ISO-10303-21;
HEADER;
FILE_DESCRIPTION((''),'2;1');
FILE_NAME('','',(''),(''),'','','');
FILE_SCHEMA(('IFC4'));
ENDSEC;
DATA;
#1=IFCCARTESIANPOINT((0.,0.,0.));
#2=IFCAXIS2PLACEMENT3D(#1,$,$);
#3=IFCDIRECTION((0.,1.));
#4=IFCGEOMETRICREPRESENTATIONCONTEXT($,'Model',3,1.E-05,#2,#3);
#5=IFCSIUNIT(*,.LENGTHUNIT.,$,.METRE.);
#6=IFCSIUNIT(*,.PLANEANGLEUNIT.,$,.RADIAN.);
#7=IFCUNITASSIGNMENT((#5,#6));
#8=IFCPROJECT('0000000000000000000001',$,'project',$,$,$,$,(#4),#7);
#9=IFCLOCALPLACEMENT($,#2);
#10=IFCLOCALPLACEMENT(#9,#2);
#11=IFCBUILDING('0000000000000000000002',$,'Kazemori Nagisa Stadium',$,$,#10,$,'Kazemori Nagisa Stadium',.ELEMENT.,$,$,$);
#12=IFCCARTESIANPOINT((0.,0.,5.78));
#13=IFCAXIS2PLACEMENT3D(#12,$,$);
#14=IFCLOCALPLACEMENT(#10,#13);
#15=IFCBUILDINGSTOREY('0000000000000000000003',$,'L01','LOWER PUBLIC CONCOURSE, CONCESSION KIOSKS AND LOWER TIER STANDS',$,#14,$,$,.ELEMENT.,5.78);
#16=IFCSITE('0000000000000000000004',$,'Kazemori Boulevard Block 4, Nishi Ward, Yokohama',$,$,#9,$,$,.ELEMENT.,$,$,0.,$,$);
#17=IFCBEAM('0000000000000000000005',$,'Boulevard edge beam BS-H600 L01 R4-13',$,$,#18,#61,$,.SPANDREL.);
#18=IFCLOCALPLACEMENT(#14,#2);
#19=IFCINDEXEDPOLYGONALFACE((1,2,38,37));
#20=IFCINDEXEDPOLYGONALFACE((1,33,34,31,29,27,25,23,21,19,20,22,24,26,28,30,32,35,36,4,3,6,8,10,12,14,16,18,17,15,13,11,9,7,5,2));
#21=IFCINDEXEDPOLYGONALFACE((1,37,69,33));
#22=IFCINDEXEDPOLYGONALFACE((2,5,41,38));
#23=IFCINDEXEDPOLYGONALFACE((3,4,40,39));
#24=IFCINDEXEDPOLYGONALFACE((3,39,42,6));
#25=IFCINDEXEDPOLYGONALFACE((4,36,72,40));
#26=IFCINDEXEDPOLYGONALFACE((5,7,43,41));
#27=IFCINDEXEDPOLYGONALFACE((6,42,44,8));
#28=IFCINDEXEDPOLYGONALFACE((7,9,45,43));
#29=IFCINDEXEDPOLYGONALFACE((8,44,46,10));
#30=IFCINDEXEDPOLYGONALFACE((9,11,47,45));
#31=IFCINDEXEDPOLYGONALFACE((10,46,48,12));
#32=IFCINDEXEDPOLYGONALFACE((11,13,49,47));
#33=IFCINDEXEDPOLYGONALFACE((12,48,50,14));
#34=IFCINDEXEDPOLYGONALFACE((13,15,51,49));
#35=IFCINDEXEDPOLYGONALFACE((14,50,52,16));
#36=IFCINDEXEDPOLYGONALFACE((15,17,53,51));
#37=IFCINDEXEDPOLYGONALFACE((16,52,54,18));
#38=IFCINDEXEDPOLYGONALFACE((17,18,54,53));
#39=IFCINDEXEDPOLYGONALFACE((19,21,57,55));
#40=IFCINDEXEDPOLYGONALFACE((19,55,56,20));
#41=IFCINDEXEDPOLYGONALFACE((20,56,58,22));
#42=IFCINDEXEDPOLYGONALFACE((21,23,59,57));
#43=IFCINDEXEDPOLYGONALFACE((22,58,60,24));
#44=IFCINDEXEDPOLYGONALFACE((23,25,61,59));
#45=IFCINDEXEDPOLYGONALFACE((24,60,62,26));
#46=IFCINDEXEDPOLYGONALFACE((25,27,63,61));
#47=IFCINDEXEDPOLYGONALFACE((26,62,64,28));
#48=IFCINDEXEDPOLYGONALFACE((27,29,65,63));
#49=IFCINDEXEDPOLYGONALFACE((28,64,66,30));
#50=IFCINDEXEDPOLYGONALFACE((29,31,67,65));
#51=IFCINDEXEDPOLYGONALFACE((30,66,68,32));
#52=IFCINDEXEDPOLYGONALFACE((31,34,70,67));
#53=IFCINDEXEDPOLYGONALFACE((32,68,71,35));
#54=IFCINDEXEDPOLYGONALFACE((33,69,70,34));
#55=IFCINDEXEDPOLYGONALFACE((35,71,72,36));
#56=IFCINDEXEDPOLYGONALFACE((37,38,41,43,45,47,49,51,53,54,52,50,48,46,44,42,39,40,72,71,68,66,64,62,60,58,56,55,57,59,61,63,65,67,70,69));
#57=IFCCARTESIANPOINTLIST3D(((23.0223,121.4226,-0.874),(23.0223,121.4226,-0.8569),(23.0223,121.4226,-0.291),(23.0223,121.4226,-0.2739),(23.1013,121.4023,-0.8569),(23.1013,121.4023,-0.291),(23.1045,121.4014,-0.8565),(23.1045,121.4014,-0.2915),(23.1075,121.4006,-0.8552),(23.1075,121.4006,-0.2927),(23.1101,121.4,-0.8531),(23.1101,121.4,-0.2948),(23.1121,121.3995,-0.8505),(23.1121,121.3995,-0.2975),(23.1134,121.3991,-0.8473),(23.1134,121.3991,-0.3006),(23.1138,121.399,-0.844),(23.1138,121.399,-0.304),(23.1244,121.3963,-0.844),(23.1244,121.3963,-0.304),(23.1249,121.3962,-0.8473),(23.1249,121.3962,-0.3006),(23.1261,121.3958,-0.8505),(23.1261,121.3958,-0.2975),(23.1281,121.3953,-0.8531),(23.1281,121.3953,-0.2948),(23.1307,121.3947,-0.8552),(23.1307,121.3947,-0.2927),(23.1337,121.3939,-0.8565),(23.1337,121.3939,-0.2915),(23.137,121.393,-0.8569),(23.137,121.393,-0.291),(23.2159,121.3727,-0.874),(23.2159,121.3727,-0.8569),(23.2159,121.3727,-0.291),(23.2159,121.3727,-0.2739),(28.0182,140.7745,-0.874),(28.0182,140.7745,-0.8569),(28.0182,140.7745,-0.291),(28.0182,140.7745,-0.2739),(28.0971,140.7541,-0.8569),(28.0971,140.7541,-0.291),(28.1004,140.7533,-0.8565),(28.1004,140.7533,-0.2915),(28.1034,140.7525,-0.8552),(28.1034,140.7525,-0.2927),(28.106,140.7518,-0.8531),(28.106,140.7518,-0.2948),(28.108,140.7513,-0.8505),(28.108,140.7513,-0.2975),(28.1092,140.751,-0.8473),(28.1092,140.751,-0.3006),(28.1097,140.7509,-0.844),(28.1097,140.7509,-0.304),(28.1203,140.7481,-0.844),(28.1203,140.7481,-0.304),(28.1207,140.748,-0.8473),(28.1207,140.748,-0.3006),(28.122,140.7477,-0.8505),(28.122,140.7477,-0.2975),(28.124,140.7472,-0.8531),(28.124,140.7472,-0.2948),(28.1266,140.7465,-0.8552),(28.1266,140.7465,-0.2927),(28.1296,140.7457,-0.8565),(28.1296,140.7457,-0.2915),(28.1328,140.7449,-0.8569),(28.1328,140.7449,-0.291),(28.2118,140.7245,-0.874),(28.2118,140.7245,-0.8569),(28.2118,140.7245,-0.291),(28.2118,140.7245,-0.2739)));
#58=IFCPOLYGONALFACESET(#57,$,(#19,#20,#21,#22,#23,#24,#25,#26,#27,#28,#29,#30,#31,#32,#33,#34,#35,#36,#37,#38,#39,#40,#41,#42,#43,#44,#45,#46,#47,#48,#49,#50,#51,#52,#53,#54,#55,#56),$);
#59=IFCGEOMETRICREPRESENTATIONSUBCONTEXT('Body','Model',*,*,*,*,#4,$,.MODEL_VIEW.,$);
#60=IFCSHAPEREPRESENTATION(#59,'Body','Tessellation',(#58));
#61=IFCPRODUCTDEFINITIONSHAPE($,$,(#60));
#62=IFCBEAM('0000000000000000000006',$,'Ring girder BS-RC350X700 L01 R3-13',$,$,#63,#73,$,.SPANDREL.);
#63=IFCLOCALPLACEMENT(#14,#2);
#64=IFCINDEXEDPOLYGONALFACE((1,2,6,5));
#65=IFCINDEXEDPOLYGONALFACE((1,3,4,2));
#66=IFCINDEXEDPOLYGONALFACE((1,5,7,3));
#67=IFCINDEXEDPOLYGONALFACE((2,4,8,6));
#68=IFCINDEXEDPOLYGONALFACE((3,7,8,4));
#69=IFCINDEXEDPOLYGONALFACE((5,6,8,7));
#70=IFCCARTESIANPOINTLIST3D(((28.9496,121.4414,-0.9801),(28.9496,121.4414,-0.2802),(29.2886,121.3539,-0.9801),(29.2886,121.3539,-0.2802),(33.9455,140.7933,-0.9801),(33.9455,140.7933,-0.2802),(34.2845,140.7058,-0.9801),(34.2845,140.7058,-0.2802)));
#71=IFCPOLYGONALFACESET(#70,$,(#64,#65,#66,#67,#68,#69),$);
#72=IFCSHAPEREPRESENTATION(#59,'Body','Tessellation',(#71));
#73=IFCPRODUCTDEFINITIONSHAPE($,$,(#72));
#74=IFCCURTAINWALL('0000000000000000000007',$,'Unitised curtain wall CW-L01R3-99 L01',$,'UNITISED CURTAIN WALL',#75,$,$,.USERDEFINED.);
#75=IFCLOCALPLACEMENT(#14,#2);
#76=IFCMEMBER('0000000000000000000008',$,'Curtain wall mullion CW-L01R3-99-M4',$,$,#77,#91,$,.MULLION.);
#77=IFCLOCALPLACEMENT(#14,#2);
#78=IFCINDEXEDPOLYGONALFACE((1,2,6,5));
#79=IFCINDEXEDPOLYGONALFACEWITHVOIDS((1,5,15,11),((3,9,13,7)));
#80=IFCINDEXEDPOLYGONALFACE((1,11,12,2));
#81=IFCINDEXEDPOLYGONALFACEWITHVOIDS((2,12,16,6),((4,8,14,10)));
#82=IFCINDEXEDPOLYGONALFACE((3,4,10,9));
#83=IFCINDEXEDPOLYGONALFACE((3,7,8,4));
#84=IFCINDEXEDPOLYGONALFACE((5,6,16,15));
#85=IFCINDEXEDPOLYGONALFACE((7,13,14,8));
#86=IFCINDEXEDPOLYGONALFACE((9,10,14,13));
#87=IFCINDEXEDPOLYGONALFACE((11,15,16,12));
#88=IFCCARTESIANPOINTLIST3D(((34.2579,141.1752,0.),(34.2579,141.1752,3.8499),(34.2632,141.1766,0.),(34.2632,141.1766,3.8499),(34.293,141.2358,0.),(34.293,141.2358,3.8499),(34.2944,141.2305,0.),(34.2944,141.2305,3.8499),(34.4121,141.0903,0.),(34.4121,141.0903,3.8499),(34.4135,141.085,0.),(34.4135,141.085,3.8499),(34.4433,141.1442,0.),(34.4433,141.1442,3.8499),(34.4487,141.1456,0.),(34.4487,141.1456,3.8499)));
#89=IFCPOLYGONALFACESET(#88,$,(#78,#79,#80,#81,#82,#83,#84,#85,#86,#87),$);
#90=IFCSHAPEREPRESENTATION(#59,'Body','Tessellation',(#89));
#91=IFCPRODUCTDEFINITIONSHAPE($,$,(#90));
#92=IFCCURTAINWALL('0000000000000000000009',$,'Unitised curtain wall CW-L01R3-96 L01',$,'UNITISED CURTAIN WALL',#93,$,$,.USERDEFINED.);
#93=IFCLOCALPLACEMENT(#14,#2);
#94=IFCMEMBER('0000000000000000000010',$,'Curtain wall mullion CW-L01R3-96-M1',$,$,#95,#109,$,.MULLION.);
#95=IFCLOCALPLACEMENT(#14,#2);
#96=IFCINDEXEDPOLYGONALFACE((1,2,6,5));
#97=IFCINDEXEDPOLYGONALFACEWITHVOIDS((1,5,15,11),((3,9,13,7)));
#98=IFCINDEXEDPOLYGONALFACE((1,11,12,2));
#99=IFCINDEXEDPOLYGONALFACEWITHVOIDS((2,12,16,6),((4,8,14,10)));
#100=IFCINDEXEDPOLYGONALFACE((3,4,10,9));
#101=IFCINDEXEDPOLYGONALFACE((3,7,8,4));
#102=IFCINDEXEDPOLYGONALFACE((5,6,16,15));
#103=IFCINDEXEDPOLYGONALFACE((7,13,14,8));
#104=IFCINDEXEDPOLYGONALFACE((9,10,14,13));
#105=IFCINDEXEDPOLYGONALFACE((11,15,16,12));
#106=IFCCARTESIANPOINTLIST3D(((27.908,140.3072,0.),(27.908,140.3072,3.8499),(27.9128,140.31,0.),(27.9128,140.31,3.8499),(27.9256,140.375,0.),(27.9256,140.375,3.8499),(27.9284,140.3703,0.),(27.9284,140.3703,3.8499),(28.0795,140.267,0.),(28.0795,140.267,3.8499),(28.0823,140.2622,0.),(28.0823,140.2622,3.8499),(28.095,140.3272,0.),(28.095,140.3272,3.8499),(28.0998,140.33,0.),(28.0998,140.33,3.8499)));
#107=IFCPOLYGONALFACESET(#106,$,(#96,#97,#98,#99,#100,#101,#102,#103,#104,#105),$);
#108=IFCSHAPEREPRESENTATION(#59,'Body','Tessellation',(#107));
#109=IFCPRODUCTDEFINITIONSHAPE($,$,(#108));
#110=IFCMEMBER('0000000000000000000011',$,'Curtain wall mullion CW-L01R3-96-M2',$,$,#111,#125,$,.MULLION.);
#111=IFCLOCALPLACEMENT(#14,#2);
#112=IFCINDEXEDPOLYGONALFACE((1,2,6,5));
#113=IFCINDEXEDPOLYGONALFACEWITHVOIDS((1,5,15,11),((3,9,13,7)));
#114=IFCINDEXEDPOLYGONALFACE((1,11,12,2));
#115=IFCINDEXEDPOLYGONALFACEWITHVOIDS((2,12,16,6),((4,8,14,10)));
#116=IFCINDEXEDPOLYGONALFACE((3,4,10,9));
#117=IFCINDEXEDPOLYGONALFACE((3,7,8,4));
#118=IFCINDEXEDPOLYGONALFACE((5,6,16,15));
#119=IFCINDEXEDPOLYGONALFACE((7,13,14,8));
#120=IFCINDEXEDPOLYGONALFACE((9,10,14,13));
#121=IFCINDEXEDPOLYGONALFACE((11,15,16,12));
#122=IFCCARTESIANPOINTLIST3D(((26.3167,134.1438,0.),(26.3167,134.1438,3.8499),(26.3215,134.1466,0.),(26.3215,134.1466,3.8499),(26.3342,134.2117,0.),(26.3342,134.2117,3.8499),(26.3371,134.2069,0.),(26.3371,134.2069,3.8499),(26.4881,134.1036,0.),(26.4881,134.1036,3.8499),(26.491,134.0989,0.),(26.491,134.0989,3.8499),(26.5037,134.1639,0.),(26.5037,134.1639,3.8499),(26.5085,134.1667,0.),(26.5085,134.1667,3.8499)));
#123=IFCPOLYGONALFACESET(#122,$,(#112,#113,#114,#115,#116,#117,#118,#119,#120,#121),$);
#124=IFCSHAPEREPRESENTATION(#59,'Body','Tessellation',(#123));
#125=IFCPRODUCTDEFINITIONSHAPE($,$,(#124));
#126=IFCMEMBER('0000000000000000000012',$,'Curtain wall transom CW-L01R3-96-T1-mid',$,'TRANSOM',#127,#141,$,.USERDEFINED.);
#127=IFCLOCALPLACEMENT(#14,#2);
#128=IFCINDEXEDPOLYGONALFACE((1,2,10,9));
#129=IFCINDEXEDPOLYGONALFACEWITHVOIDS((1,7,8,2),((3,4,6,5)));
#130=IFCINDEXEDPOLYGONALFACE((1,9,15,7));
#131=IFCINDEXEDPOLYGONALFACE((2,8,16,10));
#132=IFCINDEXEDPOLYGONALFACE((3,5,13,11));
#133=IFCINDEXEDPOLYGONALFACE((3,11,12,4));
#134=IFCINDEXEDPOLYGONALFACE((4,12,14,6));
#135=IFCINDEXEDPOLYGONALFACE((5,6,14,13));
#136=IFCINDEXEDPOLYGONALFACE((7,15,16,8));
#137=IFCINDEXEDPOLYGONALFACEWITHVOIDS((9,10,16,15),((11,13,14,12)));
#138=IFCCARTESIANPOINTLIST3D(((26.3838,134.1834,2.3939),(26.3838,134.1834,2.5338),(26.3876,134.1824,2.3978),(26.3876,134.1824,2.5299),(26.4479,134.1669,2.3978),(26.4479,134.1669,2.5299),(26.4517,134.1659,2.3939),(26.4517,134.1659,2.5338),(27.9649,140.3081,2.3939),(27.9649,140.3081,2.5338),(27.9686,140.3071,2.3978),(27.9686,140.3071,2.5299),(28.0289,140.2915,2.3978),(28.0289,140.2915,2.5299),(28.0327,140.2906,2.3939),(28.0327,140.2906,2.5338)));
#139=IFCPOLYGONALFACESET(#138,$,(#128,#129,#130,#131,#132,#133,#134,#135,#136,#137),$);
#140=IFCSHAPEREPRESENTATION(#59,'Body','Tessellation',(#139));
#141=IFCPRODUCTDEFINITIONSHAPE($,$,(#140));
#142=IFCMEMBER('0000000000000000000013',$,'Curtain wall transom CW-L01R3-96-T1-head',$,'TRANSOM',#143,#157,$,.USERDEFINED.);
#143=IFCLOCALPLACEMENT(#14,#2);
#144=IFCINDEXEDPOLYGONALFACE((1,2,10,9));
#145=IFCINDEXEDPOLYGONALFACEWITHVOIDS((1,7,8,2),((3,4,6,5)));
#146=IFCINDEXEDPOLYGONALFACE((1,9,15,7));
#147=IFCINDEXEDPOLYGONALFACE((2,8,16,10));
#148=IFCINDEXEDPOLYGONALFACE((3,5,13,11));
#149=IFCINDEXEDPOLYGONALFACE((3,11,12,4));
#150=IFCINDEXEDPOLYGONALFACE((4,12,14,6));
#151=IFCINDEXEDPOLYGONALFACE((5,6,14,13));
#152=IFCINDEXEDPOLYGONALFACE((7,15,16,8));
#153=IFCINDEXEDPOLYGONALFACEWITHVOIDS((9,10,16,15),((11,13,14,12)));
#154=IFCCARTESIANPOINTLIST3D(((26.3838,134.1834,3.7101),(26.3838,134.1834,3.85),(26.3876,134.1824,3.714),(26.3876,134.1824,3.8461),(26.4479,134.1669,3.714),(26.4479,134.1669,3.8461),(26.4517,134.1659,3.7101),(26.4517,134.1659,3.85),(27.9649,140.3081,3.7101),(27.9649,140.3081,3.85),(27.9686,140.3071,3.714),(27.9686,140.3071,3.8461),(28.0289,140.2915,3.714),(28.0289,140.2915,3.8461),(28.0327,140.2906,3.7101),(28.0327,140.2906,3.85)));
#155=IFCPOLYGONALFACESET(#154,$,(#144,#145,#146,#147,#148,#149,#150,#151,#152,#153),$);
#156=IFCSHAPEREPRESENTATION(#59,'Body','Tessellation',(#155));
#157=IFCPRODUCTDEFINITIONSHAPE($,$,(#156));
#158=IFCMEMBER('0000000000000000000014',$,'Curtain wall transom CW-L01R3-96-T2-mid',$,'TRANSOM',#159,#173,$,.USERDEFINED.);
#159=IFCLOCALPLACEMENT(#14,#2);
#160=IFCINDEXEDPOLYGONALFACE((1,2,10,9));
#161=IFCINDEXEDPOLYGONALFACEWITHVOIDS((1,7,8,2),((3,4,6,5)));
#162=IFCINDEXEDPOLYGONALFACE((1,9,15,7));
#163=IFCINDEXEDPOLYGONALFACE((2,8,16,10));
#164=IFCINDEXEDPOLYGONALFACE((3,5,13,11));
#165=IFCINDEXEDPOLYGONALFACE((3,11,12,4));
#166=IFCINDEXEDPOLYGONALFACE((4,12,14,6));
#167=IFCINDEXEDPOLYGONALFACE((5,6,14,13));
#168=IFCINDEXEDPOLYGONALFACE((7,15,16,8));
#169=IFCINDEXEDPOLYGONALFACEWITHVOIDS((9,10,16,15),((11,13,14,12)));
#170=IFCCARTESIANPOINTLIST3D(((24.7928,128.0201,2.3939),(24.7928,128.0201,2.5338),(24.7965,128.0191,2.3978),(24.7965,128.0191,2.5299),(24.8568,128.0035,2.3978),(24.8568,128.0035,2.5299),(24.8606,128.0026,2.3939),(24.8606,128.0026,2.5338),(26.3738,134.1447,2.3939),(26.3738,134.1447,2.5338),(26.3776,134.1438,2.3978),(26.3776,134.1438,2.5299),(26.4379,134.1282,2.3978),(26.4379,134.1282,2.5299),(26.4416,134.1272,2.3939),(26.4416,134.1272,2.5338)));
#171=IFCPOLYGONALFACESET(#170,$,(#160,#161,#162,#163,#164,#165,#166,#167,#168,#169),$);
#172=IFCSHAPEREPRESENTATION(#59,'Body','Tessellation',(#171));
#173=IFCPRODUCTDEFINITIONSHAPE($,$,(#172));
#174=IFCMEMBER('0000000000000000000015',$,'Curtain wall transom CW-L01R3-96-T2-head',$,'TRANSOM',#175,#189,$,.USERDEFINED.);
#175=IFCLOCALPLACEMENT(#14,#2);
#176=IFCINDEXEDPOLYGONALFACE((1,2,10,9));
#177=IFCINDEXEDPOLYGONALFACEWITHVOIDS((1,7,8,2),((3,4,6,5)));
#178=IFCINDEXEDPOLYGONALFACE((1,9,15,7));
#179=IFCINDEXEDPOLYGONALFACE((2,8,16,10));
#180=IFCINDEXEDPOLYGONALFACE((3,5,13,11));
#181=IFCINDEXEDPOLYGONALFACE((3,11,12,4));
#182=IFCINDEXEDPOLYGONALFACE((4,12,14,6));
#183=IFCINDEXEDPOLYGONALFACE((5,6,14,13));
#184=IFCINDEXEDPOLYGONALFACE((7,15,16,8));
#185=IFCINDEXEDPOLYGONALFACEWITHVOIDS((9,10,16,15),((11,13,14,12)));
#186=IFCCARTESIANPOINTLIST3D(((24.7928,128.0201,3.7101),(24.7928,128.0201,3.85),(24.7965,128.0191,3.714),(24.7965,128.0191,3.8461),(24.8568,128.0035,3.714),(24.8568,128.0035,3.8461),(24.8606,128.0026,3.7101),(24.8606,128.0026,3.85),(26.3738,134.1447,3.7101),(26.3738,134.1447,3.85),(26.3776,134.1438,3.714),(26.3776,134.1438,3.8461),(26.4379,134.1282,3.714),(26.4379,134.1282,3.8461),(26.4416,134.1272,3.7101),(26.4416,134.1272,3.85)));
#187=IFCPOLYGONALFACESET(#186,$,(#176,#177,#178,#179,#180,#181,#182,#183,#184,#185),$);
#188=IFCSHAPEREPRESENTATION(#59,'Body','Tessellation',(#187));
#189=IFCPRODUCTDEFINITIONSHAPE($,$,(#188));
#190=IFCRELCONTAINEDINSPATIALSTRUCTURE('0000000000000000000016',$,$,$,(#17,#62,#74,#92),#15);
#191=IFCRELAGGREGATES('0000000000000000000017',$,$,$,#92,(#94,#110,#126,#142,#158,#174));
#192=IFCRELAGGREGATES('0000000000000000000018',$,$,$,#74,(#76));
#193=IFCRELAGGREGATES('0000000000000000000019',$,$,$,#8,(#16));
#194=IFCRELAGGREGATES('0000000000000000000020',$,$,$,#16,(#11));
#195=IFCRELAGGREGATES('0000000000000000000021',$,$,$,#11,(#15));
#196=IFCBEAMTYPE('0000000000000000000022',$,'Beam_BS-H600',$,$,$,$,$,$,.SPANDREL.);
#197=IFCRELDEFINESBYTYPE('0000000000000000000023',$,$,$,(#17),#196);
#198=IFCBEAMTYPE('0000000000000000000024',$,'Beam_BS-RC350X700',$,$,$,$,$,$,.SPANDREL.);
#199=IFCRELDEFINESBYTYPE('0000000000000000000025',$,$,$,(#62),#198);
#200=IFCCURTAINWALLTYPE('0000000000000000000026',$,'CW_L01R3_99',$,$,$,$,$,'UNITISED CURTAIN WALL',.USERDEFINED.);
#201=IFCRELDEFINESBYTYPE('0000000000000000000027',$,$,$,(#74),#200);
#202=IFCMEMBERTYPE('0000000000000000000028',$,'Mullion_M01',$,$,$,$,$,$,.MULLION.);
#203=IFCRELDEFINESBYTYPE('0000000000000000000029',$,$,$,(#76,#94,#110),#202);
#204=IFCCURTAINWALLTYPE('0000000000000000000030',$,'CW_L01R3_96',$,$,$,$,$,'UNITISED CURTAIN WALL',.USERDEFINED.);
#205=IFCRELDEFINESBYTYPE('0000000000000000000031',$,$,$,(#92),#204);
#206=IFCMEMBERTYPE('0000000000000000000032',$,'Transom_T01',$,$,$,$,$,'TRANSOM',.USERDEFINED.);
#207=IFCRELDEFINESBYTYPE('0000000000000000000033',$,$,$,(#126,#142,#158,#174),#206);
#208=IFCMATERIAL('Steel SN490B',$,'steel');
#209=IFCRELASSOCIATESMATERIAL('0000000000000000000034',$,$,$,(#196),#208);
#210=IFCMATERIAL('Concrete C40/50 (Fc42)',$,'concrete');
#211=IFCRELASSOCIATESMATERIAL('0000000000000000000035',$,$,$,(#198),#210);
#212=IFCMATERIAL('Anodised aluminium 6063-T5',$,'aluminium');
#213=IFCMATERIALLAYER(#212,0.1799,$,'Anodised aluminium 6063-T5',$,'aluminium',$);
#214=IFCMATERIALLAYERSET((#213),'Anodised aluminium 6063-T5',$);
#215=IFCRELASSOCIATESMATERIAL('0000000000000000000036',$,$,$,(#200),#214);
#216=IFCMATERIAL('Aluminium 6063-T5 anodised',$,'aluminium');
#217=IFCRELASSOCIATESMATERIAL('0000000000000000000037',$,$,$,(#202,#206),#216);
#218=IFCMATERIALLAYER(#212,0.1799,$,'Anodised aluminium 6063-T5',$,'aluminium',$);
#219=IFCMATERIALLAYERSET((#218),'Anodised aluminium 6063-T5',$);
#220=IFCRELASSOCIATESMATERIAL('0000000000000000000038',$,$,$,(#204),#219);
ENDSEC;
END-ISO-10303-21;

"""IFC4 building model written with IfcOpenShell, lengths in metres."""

from ifc_helpers import new_model, si_unit, direction, frame, origin, origin_2d, place, context, subcontext, project, spatial, rectangle, hollow_rectangle, i_section, extrude, material, layer, layer_set, material_profile, profile_set, type_object, element, aggregate, save


model = new_model("IFC4")

# Units and contexts
model_context = context("Model", 3, precision=1e-05, world=origin(), true_north=direction((0.0, 1.0)))
body_context = subcontext(model_context, "Body", "Model", "MODEL_VIEW")
ifc_project = project(units=[si_unit("LENGTHUNIT", "METRE"), si_unit("PLANEANGLEUNIT", "RADIAN")], contexts=[model_context])

# Site, building, storey
site_placement = place(None, origin())
site = spatial("IfcSite", under=ifc_project, at=site_placement, Name="Kazemori Boulevard Block 4, Nishi Ward, Yokohama", CompositionType="ELEMENT", RefElevation=0.0)
building_placement = place(site_placement, origin())
building = spatial("IfcBuilding", under=site, at=building_placement, Name="Kazemori Nagisa Stadium", LongName="Kazemori Nagisa Stadium", CompositionType="ELEMENT")
storey_placement = place(building_placement, frame((0.0, 0.0, 5.78)))
storey = spatial("IfcBuildingStorey", under=building, at=storey_placement, Name="L01", Description="LOWER PUBLIC CONCOURSE, CONCESSION KIOSKS AND LOWER TIER STANDS", CompositionType="ELEMENT", Elevation=5.78)

# Shared definitions
ifc_material_1 = material(Name="Concrete C40/50 (Fc42)", Category="concrete")

# Beams
ifc_material_2 = material(Name="Steel SN490B", Category="steel")
ifc_material_profile_1 = material_profile(ifc_material_2, i_section(OverallWidth=0.2, OverallDepth=0.6001, WebThickness=0.011, FlangeThickness=0.0171, FilletRadius=0.0129, at=origin_2d()), Name="H-600x200x11x17")
ifc_profile_set_1 = profile_set([ifc_material_profile_1], Name="Steel SN490B")
beam_type_1 = type_object("IfcBeamType", Name="Beam_BS-H600", PredefinedType="SPANDREL", material=ifc_profile_set_1)
beam_1_placement = place(storey_placement, frame((28.115, 140.7495, -0.574), z_axis=(-0.249964, -0.968255, 0.0), x_axis=(0.968255, -0.249964, 0.0)))
element("IfcBeam", 1, at=beam_1_placement, inside=storey, type_object=beam_type_1, Name="Boulevard edge beam BS-H600 L01 R4-13", PredefinedType="SPANDREL", context=body_context, shape_type="SweptSolid", body=[
    extrude(i_section(OverallWidth=0.2, OverallDepth=0.6001, WebThickness=0.011, FlangeThickness=0.0171, FilletRadius=0.0129, at=origin_2d()), origin(), (0.0, 0.0, 1.0), 19.9863),
])
ifc_material_profile_2 = material_profile(ifc_material_1, rectangle(XDim=0.3501, YDim=0.7, at=origin_2d()), Name="RC-SP-350x700")
ifc_profile_set_2 = profile_set([ifc_material_profile_2], Name="Concrete C40/50 (Fc42)")
beam_type_2 = type_object("IfcBeamType", Name="Beam_BS-RC350X700", PredefinedType="SPANDREL", material=ifc_profile_set_2)
beam_2_placement = place(storey_placement, frame((34.115, 140.7495, -0.6301), z_axis=(-0.249964, -0.968255, 0.0), x_axis=(0.968255, -0.249964, 0.0)))
element("IfcBeam", 2, at=beam_2_placement, inside=storey, type_object=beam_type_2, Name="Ring girder BS-RC350X700 L01 R3-13", PredefinedType="SPANDREL", context=body_context, shape_type="SweptSolid", body=[
    extrude(rectangle(XDim=0.3501, YDim=0.7, at=origin_2d()), origin(), (0.0, 0.0, 1.0), 19.9863),
])

# Curtain wall, member
ifc_material_3 = material(Name="Anodised aluminium 6063-T5", Category="aluminium")
ifc_layer_1 = layer(ifc_material_3, 0.1799, Name="Anodised aluminium 6063-T5", Category="aluminium")
ifc_layer_set_1 = layer_set([ifc_layer_1], Name="Anodised aluminium 6063-T5")
curtain_wall_type_1 = type_object("IfcCurtainWallType", Name="CW_L01R3_99", ElementType="UNITISED CURTAIN WALL", PredefinedType="USERDEFINED", material=ifc_layer_set_1)
curtain_wall_1_placement = place(storey_placement, origin())
curtain_wall_1 = element("IfcCurtainWall", 3, at=curtain_wall_1_placement, inside=storey, type_object=curtain_wall_type_1, Name="Unitised curtain wall CW-L01R3-99 L01", ObjectType="UNITISED CURTAIN WALL", PredefinedType="USERDEFINED")
ifc_material_4 = material(Name="Aluminium 6063-T5 anodised", Category="aluminium")
ifc_material_profile_3 = material_profile(ifc_material_4, hollow_rectangle(XDim=0.0701, YDim=0.1799, WallThickness=0.0039, at=origin_2d()), Name="ALU-MULL-70x180x4")
ifc_profile_set_3 = profile_set([ifc_material_profile_3], Name="Aluminium 6063-T5 anodised")
member_type_1 = type_object("IfcMemberType", Name="Mullion_M01", PredefinedType="MULLION", material=ifc_profile_set_3)
member_1_placement = place(storey_placement, frame((34.3533, 141.1604, 0.0), z_axis=(0.0, 0.0, 1.0), x_axis=(-0.501612, -0.865093, 0.0)))
member_1 = element("IfcMember", 4, at=member_1_placement, type_object=member_type_1, Name="Curtain wall mullion CW-L01R3-99-M4", PredefinedType="MULLION", context=body_context, shape_type="SweptSolid", body=[
    extrude(hollow_rectangle(XDim=0.0701, YDim=0.1799, WallThickness=0.0039, at=origin_2d()), origin(), (0.0, 0.0, 1.0), 3.8499),
])

# Curtain wall, members
ifc_layer_2 = layer(ifc_material_3, 0.1799, Name="Anodised aluminium 6063-T5", Category="aluminium")
ifc_layer_set_2 = layer_set([ifc_layer_2], Name="Anodised aluminium 6063-T5")
curtain_wall_type_2 = type_object("IfcCurtainWallType", Name="CW_L01R3_96", ElementType="UNITISED CURTAIN WALL", PredefinedType="USERDEFINED", material=ifc_layer_set_2)
curtain_wall_2_placement = place(storey_placement, origin())
curtain_wall_2 = element("IfcCurtainWall", 5, at=curtain_wall_2_placement, inside=storey, type_object=curtain_wall_type_2, Name="Unitised curtain wall CW-L01R3-96 L01", ObjectType="UNITISED CURTAIN WALL", PredefinedType="USERDEFINED")
member_2_placement = place(storey_placement, frame((28.0039, 140.3186, 0.0), z_axis=(0.0, 0.0, 1.0), x_axis=(-0.249965, -0.968255, 0.0)))
member_2 = element("IfcMember", 6, at=member_2_placement, type_object=member_type_1, Name="Curtain wall mullion CW-L01R3-96-M1", PredefinedType="MULLION", context=body_context, shape_type="SweptSolid", body=[
    extrude(hollow_rectangle(XDim=0.0701, YDim=0.1799, WallThickness=0.0039, at=origin_2d()), origin(), (0.0, 0.0, 1.0), 3.8499),
])
member_3_placement = place(storey_placement, frame((26.4126, 134.1553, 0.0), z_axis=(0.0, 0.0, 1.0), x_axis=(-0.249965, -0.968255, 0.0)))
member_3 = element("IfcMember", 7, at=member_3_placement, type_object=member_type_1, Name="Curtain wall mullion CW-L01R3-96-M2", PredefinedType="MULLION", context=body_context, shape_type="SweptSolid", body=[
    extrude(hollow_rectangle(XDim=0.0701, YDim=0.1799, WallThickness=0.0039, at=origin_2d()), origin(), (0.0, 0.0, 1.0), 3.8499),
])
ifc_material_profile_4 = material_profile(ifc_material_4, hollow_rectangle(XDim=0.0701, YDim=0.1399, WallThickness=0.0039, at=origin_2d()), Name="ALU-TRAN-70x140x4")
ifc_profile_set_4 = profile_set([ifc_material_profile_4], Name="Aluminium 6063-T5 anodised")
member_type_2 = type_object("IfcMemberType", Name="Transom_T01", ElementType="TRANSOM", PredefinedType="USERDEFINED", material=ifc_profile_set_4)
member_4_placement = place(storey_placement, frame((27.9988, 140.2993, 2.4639), z_axis=(-0.249948, -0.968259, 0.0), x_axis=(0.968259, -0.249948, 0.0)))
member_4 = element("IfcMember", 8, at=member_4_placement, type_object=member_type_2, Name="Curtain wall transom CW-L01R3-96-T1-mid", ObjectType="TRANSOM", PredefinedType="USERDEFINED", context=body_context, shape_type="SweptSolid", body=[
    extrude(hollow_rectangle(XDim=0.0701, YDim=0.1399, WallThickness=0.0039, at=origin_2d()), origin(), (0.0, 0.0, 1.0), 6.3254),
])
member_5_placement = place(storey_placement, frame((27.9988, 140.2993, 3.78), z_axis=(-0.249948, -0.968259, 0.0), x_axis=(0.968259, -0.249948, 0.0)))
member_5 = element("IfcMember", 9, at=member_5_placement, type_object=member_type_2, Name="Curtain wall transom CW-L01R3-96-T1-head", ObjectType="TRANSOM", PredefinedType="USERDEFINED", context=body_context, shape_type="SweptSolid", body=[
    extrude(hollow_rectangle(XDim=0.0701, YDim=0.1399, WallThickness=0.0039, at=origin_2d()), origin(), (0.0, 0.0, 1.0), 6.3254),
])
member_6_placement = place(storey_placement, frame((26.4077, 134.136, 2.4639), z_axis=(-0.249948, -0.968259, 0.0), x_axis=(0.968259, -0.249948, 0.0)))
member_6 = element("IfcMember", 10, at=member_6_placement, type_object=member_type_2, Name="Curtain wall transom CW-L01R3-96-T2-mid", ObjectType="TRANSOM", PredefinedType="USERDEFINED", context=body_context, shape_type="SweptSolid", body=[
    extrude(hollow_rectangle(XDim=0.0701, YDim=0.1399, WallThickness=0.0039, at=origin_2d()), origin(), (0.0, 0.0, 1.0), 6.3254),
])
member_7_placement = place(storey_placement, frame((26.4077, 134.136, 3.78), z_axis=(-0.249948, -0.968259, 0.0), x_axis=(0.968259, -0.249948, 0.0)))
member_7 = element("IfcMember", 11, at=member_7_placement, type_object=member_type_2, Name="Curtain wall transom CW-L01R3-96-T2-head", ObjectType="TRANSOM", PredefinedType="USERDEFINED", context=body_context, shape_type="SweptSolid", body=[
    extrude(hollow_rectangle(XDim=0.0701, YDim=0.1399, WallThickness=0.0039, at=origin_2d()), origin(), (0.0, 0.0, 1.0), 6.3254),
])

aggregate(curtain_wall_2, [member_2, member_3, member_4, member_5, member_6, member_7])
aggregate(curtain_wall_1, [member_1])

save(model, "model.ifc")
